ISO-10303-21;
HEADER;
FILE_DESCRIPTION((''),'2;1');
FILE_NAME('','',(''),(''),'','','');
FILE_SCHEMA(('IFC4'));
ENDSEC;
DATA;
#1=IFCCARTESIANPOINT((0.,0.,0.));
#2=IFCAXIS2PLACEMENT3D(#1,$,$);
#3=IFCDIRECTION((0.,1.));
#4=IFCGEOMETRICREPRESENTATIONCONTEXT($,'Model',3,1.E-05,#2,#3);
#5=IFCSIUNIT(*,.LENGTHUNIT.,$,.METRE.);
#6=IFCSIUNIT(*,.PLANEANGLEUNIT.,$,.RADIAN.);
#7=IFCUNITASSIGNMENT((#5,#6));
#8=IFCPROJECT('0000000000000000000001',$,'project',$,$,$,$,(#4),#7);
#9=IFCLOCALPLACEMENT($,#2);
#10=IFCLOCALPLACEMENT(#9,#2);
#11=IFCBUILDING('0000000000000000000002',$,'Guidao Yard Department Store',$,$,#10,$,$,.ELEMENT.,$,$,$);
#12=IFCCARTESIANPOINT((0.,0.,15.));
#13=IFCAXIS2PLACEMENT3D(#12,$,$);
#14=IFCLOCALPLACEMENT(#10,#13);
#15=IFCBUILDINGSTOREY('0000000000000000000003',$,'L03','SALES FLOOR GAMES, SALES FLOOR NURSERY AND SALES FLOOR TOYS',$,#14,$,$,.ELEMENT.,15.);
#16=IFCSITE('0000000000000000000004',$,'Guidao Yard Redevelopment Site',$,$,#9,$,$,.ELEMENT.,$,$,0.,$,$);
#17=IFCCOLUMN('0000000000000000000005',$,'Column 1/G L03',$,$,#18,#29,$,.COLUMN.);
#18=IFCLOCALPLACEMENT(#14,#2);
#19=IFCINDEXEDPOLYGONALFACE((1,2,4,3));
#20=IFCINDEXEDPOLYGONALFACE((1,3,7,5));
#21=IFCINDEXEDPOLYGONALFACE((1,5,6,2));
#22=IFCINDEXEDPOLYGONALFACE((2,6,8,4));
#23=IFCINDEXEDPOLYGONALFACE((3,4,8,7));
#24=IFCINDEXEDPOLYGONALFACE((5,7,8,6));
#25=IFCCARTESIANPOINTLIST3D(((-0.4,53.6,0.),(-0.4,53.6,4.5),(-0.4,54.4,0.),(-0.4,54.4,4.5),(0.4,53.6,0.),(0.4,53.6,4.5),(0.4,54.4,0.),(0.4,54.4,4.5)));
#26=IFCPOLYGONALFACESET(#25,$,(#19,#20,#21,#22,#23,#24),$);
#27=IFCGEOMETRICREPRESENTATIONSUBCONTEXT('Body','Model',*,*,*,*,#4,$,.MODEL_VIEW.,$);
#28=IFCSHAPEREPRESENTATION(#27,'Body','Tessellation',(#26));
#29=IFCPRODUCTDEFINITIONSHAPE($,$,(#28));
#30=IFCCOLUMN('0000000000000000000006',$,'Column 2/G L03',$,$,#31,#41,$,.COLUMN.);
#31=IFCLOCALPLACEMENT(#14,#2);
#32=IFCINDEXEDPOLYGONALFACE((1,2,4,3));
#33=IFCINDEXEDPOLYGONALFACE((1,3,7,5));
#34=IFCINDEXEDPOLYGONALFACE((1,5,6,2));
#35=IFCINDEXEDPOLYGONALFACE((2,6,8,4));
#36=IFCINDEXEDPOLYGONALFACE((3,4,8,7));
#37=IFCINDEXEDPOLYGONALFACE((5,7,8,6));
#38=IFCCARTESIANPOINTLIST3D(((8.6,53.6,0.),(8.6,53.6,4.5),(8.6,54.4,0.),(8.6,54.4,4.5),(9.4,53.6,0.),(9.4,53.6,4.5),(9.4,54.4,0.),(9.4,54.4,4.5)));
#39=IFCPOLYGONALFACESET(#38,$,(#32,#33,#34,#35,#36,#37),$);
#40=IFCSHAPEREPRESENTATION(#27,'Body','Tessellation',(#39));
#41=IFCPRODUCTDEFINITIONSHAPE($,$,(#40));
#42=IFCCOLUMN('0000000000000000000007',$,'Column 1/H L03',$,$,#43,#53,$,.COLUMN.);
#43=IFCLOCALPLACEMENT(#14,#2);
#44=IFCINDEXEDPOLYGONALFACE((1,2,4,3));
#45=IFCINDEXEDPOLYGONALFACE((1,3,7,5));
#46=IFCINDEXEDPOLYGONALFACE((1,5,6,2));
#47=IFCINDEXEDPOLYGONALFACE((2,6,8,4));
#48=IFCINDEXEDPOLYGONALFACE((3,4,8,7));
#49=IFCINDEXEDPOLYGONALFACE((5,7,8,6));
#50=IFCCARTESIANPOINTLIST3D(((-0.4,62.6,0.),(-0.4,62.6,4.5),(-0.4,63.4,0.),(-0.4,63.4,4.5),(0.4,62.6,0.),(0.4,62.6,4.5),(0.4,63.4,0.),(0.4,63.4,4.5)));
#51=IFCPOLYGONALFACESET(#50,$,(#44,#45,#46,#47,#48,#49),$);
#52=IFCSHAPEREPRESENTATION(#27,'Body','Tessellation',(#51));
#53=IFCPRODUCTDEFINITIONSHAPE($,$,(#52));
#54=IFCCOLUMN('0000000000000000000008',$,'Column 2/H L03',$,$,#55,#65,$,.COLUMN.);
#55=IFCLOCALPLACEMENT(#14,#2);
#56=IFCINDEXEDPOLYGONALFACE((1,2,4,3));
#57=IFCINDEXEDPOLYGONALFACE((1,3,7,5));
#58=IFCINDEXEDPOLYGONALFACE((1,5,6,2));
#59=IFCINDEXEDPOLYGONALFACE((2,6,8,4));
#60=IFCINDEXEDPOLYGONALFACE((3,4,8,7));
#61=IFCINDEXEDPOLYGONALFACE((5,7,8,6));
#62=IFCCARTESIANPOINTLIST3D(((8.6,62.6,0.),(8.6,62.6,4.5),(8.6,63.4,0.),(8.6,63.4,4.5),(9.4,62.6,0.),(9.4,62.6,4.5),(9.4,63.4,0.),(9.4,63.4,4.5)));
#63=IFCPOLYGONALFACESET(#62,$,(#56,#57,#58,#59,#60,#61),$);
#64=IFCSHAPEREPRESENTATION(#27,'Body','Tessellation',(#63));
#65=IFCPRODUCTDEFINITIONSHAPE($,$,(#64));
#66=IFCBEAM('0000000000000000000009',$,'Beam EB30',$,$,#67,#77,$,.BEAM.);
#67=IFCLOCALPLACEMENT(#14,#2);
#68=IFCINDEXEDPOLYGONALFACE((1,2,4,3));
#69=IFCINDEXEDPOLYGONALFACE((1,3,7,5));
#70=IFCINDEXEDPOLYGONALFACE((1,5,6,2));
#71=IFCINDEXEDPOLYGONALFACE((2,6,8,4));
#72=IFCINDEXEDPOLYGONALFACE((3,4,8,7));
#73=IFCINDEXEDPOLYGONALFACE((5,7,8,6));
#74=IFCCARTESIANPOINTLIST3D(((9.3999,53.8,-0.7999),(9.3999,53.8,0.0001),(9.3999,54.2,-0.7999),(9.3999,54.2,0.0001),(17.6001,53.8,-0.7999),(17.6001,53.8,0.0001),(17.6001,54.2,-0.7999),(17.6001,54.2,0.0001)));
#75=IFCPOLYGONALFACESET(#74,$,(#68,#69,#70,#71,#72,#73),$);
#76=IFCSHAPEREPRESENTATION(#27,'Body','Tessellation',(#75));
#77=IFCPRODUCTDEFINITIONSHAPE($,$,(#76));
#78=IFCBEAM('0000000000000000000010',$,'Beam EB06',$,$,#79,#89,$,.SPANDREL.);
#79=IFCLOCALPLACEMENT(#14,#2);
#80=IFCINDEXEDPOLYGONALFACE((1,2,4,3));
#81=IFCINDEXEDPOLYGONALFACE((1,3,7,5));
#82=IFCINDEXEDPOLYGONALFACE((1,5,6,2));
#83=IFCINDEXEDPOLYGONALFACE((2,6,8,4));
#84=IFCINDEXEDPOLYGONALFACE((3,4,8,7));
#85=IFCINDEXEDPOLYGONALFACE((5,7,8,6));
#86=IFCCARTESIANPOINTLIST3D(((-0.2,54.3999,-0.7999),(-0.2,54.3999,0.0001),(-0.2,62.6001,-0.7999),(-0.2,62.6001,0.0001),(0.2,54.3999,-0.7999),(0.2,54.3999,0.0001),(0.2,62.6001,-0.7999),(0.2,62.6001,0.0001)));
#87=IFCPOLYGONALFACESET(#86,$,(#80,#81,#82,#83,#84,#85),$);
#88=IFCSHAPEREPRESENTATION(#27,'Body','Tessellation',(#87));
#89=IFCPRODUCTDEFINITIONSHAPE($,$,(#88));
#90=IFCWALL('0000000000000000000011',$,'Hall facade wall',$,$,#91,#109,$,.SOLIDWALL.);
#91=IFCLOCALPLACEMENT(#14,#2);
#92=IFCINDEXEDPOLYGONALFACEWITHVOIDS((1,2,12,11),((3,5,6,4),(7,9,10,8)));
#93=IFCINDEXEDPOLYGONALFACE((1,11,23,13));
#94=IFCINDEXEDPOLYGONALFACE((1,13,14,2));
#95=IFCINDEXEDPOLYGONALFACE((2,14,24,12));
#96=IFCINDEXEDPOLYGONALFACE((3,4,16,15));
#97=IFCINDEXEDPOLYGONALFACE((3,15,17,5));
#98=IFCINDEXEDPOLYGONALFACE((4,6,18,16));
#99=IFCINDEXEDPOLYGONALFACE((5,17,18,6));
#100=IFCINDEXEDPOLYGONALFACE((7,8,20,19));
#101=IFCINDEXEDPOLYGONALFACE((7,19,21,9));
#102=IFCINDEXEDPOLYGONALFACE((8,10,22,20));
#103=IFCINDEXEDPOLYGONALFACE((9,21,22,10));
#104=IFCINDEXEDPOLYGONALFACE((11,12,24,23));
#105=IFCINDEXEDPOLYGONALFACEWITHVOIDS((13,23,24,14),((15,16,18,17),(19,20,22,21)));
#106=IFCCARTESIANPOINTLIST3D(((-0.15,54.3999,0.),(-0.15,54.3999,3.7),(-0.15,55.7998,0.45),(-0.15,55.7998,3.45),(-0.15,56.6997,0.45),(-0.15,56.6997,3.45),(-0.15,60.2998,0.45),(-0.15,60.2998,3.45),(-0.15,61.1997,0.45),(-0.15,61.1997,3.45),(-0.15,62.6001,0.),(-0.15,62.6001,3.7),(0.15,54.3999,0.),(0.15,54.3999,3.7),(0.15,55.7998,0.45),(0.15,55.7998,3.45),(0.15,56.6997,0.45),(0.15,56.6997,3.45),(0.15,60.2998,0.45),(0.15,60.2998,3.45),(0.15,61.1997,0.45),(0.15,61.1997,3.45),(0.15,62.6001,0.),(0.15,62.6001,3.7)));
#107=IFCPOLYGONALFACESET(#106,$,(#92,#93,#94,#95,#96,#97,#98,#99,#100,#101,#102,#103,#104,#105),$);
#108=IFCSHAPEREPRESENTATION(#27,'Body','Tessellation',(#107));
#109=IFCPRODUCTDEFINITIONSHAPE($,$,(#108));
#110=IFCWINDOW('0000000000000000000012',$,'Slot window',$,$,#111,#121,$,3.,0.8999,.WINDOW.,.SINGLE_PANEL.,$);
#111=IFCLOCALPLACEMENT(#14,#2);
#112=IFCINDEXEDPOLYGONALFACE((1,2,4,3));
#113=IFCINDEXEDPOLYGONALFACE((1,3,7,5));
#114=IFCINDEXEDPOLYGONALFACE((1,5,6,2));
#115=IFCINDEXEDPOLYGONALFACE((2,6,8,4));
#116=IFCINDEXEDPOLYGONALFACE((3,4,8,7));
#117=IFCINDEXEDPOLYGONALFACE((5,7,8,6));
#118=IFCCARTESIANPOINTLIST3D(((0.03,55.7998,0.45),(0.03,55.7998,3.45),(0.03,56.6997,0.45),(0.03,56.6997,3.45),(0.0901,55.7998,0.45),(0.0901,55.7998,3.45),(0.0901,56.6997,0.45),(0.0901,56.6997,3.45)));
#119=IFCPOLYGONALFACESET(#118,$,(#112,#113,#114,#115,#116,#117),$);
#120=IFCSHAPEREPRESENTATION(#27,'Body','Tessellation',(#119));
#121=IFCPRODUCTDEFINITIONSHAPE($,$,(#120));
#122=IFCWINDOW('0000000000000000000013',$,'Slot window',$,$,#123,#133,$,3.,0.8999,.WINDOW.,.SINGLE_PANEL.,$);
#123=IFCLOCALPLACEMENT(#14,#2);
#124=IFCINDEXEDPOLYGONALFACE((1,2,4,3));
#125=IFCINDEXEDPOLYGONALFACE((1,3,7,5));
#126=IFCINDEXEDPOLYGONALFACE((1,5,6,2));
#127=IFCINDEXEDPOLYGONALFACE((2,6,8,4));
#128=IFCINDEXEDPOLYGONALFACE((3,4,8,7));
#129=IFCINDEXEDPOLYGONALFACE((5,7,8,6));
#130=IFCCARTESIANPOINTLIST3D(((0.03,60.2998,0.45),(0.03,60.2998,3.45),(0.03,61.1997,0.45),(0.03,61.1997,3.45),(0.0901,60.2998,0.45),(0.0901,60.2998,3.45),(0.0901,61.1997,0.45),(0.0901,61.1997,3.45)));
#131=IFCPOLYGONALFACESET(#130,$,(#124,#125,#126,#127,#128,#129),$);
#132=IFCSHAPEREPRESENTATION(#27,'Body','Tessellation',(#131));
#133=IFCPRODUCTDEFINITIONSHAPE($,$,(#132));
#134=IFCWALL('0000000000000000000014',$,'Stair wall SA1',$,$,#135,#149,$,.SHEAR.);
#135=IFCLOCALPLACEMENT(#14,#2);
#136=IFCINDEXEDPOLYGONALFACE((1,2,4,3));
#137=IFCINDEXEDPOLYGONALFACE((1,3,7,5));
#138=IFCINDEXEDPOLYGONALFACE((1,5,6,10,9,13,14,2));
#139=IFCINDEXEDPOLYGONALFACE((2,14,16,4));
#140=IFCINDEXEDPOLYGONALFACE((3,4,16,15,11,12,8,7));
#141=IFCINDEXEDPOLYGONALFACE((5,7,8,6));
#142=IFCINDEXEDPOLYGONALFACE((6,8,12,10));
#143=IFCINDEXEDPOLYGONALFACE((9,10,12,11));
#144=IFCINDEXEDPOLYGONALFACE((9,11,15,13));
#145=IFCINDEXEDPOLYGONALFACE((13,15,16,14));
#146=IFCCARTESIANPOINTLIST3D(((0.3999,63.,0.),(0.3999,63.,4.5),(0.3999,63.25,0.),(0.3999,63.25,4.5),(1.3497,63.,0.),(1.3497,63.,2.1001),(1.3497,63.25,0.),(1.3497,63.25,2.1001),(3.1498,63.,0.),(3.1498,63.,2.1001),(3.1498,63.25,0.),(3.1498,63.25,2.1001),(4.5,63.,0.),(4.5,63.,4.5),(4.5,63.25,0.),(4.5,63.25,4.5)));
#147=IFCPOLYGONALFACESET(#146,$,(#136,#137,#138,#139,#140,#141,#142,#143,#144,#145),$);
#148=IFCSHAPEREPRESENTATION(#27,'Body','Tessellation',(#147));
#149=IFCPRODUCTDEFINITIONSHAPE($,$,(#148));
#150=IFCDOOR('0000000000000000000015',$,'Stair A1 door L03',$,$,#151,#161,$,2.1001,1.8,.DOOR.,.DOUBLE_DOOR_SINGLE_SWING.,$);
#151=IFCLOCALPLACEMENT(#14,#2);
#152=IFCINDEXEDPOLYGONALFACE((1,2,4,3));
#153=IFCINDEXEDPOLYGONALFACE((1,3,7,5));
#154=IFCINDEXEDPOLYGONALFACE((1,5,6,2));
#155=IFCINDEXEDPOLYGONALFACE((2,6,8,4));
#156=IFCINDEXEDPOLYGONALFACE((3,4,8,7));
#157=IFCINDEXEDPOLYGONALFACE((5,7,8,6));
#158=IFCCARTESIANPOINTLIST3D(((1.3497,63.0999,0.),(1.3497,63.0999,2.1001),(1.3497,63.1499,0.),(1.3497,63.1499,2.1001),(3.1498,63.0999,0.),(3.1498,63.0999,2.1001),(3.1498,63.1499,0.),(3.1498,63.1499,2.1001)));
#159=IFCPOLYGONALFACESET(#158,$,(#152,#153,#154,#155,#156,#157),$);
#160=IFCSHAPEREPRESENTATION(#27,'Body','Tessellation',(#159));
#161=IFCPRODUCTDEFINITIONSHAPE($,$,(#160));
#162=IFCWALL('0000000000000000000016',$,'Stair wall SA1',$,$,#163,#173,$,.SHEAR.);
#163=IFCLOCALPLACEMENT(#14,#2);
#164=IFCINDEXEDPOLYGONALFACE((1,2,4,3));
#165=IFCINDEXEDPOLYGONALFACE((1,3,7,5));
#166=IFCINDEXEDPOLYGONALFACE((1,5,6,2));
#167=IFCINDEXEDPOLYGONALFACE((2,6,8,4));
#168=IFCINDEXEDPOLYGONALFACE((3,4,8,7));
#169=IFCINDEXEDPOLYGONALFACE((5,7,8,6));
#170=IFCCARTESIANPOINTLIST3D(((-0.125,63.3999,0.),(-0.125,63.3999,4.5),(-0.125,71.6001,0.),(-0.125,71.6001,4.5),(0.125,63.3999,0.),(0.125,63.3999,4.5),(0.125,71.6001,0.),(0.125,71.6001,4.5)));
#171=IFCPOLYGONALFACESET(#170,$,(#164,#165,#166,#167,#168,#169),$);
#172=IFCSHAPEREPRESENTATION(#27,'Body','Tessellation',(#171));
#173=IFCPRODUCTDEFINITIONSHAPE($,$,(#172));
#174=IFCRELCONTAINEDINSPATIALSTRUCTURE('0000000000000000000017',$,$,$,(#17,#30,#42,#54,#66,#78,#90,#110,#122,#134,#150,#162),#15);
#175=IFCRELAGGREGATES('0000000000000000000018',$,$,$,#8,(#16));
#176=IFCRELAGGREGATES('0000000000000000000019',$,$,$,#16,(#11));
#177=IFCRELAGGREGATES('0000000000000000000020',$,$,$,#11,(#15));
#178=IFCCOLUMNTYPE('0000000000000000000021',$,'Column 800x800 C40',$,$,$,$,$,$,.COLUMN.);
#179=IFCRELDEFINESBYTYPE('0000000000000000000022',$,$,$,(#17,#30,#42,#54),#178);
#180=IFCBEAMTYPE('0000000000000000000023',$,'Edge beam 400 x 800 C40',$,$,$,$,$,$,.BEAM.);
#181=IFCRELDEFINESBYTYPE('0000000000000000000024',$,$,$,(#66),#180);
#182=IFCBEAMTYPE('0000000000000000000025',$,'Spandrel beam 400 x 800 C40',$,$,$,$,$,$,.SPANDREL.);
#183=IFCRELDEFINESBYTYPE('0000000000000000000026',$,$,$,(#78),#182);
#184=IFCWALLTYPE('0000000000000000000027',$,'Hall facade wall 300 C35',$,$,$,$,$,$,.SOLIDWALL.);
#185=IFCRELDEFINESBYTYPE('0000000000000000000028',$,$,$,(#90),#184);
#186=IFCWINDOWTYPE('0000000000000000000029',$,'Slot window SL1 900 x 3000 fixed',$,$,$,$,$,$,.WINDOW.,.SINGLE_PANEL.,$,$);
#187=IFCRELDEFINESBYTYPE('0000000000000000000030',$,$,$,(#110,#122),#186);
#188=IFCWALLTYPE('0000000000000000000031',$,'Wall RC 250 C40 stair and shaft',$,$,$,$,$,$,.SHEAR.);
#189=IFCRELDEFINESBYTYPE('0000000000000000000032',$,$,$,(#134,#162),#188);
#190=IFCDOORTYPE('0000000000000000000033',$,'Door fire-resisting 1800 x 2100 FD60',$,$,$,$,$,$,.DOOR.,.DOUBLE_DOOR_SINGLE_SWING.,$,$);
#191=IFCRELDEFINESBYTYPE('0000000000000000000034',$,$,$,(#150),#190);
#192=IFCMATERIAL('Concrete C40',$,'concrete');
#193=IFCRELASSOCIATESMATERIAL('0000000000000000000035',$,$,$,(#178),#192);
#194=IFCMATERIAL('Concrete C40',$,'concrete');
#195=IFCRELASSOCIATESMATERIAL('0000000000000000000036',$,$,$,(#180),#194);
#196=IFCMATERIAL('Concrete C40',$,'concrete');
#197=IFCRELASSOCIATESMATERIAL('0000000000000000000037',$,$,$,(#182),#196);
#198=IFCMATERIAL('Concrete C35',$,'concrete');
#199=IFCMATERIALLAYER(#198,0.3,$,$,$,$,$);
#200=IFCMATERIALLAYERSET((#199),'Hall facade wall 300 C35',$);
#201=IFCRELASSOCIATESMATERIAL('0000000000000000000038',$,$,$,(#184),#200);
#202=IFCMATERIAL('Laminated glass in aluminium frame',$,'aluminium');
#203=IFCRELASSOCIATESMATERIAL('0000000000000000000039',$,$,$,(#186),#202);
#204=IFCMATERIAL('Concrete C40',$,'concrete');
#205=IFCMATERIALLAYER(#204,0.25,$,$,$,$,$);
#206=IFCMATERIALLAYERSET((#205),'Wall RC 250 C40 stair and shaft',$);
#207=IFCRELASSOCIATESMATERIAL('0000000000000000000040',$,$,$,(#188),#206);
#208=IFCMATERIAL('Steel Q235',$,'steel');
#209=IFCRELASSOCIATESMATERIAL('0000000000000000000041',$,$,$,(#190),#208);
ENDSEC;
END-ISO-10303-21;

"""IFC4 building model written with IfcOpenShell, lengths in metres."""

from ifc_helpers import new_model, si_unit, direction, frame, frame_2d, origin, origin_2d, place, context, subcontext, project, spatial, rectangle, extrude, material, layer, layer_set, material_profile, profile_set, type_object, element, fill, save


model = new_model("IFC4")

# Units and contexts
model_context = context("Model", 3, precision=1e-05, world=origin(), true_north=direction((0.0, 1.0)))
body_context = subcontext(model_context, "Body", "Model", "MODEL_VIEW")
ifc_project = project(units=[si_unit("LENGTHUNIT", "METRE"), si_unit("PLANEANGLEUNIT", "RADIAN")], contexts=[model_context])

# Site, building, storey
site_placement = place(None, origin())
site = spatial("IfcSite", under=ifc_project, at=site_placement, Name="Guidao Yard Redevelopment Site", CompositionType="ELEMENT", RefElevation=0.0)
building_placement = place(site_placement, origin())
building = spatial("IfcBuilding", under=site, at=building_placement, Name="Guidao Yard Department Store", CompositionType="ELEMENT")
storey_placement = place(building_placement, frame((0.0, 0.0, 15.0)))
storey = spatial("IfcBuildingStorey", under=building, at=storey_placement, Name="L03", Description="SALES FLOOR GAMES, SALES FLOOR NURSERY AND SALES FLOOR TOYS", CompositionType="ELEMENT", Elevation=15.0)

# Columns
ifc_material_1 = material(Name="Concrete C40", Category="concrete")
ifc_material_profile_1 = material_profile(ifc_material_1, rectangle(XDim=0.8, YDim=0.8, at=origin_2d()), Name="COL 800x800")
ifc_profile_set_1 = profile_set([ifc_material_profile_1], Name="Concrete C40")
column_type = type_object("IfcColumnType", Name="Column 800x800 C40", PredefinedType="COLUMN", material=ifc_profile_set_1)
for number, where, z_axis, x_axis, name in (
    (1, (0.0, 54.0, 0.0), (0.0, 0.0, 1.0), (1.0, 0.0, 0.0), "Column 1/G L03"),
    (2, (9.0, 54.0, 0.0), (0.0, 0.0, 1.0), (1.0, 0.0, 0.0), "Column 2/G L03"),
    (3, (0.0, 63.0, 0.0), (0.0, 0.0, 1.0), (1.0, 0.0, 0.0), "Column 1/H L03"),
    (4, (9.0, 63.0, 0.0), (0.0, 0.0, 1.0), (1.0, 0.0, 0.0), "Column 2/H L03"),
):
    element("IfcColumn", number, at=place(storey_placement, frame(where, z_axis=z_axis, x_axis=x_axis)), inside=storey, type_object=column_type, Name=name, PredefinedType="COLUMN", context=body_context, shape_type="SweptSolid", body=[
        extrude(rectangle(XDim=0.8, YDim=0.8, at=origin_2d()), origin(), (0.0, 0.0, 1.0), 4.5),
    ])

# Beams
ifc_material_2 = material(Name="Concrete C40", Category="concrete")
ifc_material_profile_2 = material_profile(ifc_material_2, rectangle(XDim=0.3999, YDim=0.8, at=origin_2d()), Name="Edge beam 400 x 800 C40")
ifc_profile_set_2 = profile_set([ifc_material_profile_2], Name="Concrete C40")
beam_type_1 = type_object("IfcBeamType", Name="Edge beam 400 x 800 C40", PredefinedType="BEAM", material=ifc_profile_set_2)
beam_1_placement = place(storey_placement, frame((9.3999, 54.0, -0.3999), z_axis=(1.0, 0.0, 0.0), x_axis=(0.0, 1.0, 0.0)))
element("IfcBeam", 5, at=beam_1_placement, inside=storey, type_object=beam_type_1, Name="Beam EB30", PredefinedType="BEAM", context=body_context, shape_type="SweptSolid", body=[
    extrude(rectangle(XDim=0.3999, YDim=0.8, at=origin_2d()), origin(), (0.0, 0.0, 1.0), 8.2002),
])
ifc_material_3 = material(Name="Concrete C40", Category="concrete")
ifc_material_profile_3 = material_profile(ifc_material_3, rectangle(XDim=0.3999, YDim=0.8, at=origin_2d()), Name="Spandrel beam 400 x 800 C40")
ifc_profile_set_3 = profile_set([ifc_material_profile_3], Name="Concrete C40")
beam_type_2 = type_object("IfcBeamType", Name="Spandrel beam 400 x 800 C40", PredefinedType="SPANDREL", material=ifc_profile_set_3)
beam_2_placement = place(storey_placement, frame((0.0, 54.3999, -0.3999), z_axis=(0.0, 1.0, 0.0), x_axis=(-1.0, 0.0, 0.0)))
element("IfcBeam", 6, at=beam_2_placement, inside=storey, type_object=beam_type_2, Name="Beam EB06", PredefinedType="SPANDREL", context=body_context, shape_type="SweptSolid", body=[
    extrude(rectangle(XDim=0.3999, YDim=0.8, at=origin_2d()), origin(), (0.0, 0.0, 1.0), 8.2002),
])

# Wall, openings, windows
ifc_material_4 = material(Name="Concrete C35", Category="concrete")
ifc_layer_1 = layer(ifc_material_4, 0.3)
ifc_layer_set_1 = layer_set([ifc_layer_1], Name="Hall facade wall 300 C35")
wall_type_1 = type_object("IfcWallType", Name="Hall facade wall 300 C35", PredefinedType="SOLIDWALL", material=ifc_layer_set_1)
wall_1_placement = place(storey_placement, frame((0.0, 54.3999, 0.0), z_axis=(0.0, 0.0, 1.0), x_axis=(0.0, 1.0, 0.0)))
wall_1 = element("IfcWall", 7, at=wall_1_placement, inside=storey, type_object=wall_type_1, Name="Hall facade wall", PredefinedType="SOLIDWALL", context=body_context, shape_type="SweptSolid", body=[
    extrude(rectangle(XDim=8.2002, YDim=0.3, at=frame_2d((4.1001, 0.0))), origin(), (0.0, 0.0, 1.0), 3.7),
])
opening_1_placement = place(wall_1_placement, frame((1.3999, 0.0, 0.45)))
opening_1 = element("IfcOpeningElement", 8, at=opening_1_placement, cuts=wall_1, PredefinedType="OPENING", context=body_context, shape_type="SweptSolid", body=[
    extrude(rectangle(XDim=0.8999, YDim=3.0, at=frame_2d((0.45, 1.5))), frame((0.0, 0.1599, 0.0), z_axis=(0.0, -1.0, 0.0), x_axis=(1.0, 0.0, 0.0)), (0.0, 0.0, 1.0), 0.3201),
])
opening_2_placement = place(wall_1_placement, frame((5.8999, 0.0, 0.45)))
opening_2 = element("IfcOpeningElement", 9, at=opening_2_placement, cuts=wall_1, PredefinedType="OPENING", context=body_context, shape_type="SweptSolid", body=[
    extrude(rectangle(XDim=0.8999, YDim=3.0, at=frame_2d((0.45, 1.5))), frame((0.0, 0.1599, 0.0), z_axis=(0.0, -1.0, 0.0), x_axis=(1.0, 0.0, 0.0)), (0.0, 0.0, 1.0), 0.3201),
])
ifc_material_5 = material(Name="Laminated glass in aluminium frame", Category="aluminium")
window_type = type_object("IfcWindowType", Name="Slot window SL1 900 x 3000 fixed", PartitioningType="SINGLE_PANEL", PredefinedType="WINDOW", material=ifc_material_5)
window_1_placement = place(opening_1_placement, origin())
window_1 = element("IfcWindow", 10, at=window_1_placement, inside=storey, type_object=window_type, Name="Slot window", OverallHeight=3.0, OverallWidth=0.8999, PartitioningType="SINGLE_PANEL", PredefinedType="WINDOW", context=body_context, shape_type="SweptSolid", body=[
    extrude(rectangle(XDim=0.8999, YDim=3.0, at=frame_2d((0.45, 1.5))), frame((0.0, -0.03, 0.0), z_axis=(0.0, -1.0, 0.0), x_axis=(1.0, 0.0, 0.0)), (0.0, 0.0, 1.0), 0.0601),
])
fill(opening_1, window_1)
window_2_placement = place(opening_2_placement, origin())
window_2 = element("IfcWindow", 11, at=window_2_placement, inside=storey, type_object=window_type, Name="Slot window", OverallHeight=3.0, OverallWidth=0.8999, PartitioningType="SINGLE_PANEL", PredefinedType="WINDOW", context=body_context, shape_type="SweptSolid", body=[
    extrude(rectangle(XDim=0.8999, YDim=3.0, at=frame_2d((0.45, 1.5))), frame((0.0, -0.03, 0.0), z_axis=(0.0, -1.0, 0.0), x_axis=(1.0, 0.0, 0.0)), (0.0, 0.0, 1.0), 0.0601),
])
fill(opening_2, window_2)

# Wall, opening, door
ifc_material_6 = material(Name="Concrete C40", Category="concrete")
ifc_layer_2 = layer(ifc_material_6, 0.25)
ifc_layer_set_2 = layer_set([ifc_layer_2], Name="Wall RC 250 C40 stair and shaft")
wall_type_2 = type_object("IfcWallType", Name="Wall RC 250 C40 stair and shaft", PredefinedType="SHEAR", material=ifc_layer_set_2)
wall_2_placement = place(storey_placement, frame((0.3999, 63.125, 0.0), z_axis=(0.0, 0.0, 1.0), x_axis=(1.0, 0.0, 0.0)))
wall_2 = element("IfcWall", 12, at=wall_2_placement, inside=storey, type_object=wall_type_2, Name="Stair wall SA1", PredefinedType="SHEAR", context=body_context, shape_type="SweptSolid", body=[
    extrude(rectangle(XDim=4.1001, YDim=0.25, at=frame_2d((2.05, 0.0))), origin(), (0.0, 0.0, 1.0), 4.5),
])
opening_3_placement = place(wall_2_placement, frame((0.95, 0.0, 0.0)))
opening_3 = element("IfcOpeningElement", 13, at=opening_3_placement, cuts=wall_2, PredefinedType="OPENING", context=body_context, shape_type="SweptSolid", body=[
    extrude(rectangle(XDim=1.8, YDim=2.1001, at=frame_2d((0.8999, 1.05))), frame((0.0, 0.135, 0.0), z_axis=(0.0, -1.0, 0.0), x_axis=(1.0, 0.0, 0.0)), (0.0, 0.0, 1.0), 0.27),
])
ifc_material_7 = material(Name="Steel Q235", Category="steel")
door_type = type_object("IfcDoorType", Name="Door fire-resisting 1800 x 2100 FD60", OperationType="DOUBLE_DOOR_SINGLE_SWING", PredefinedType="DOOR", material=ifc_material_7)
door_1_placement = place(opening_3_placement, origin())
door_1 = element("IfcDoor", 14, at=door_1_placement, inside=storey, type_object=door_type, Name="Stair A1 door L03", OperationType="DOUBLE_DOOR_SINGLE_SWING", OverallHeight=2.1001, OverallWidth=1.8, PredefinedType="DOOR", context=body_context, shape_type="SweptSolid", body=[
    extrude(rectangle(XDim=1.8, YDim=2.1001, at=frame_2d((0.8999, 1.05))), frame((0.0, 0.0249, 0.0), z_axis=(0.0, -1.0, 0.0), x_axis=(1.0, 0.0, 0.0)), (0.0, 0.0, 1.0), 0.05),
])
fill(opening_3, door_1)

# Wall
wall_3_placement = place(storey_placement, frame((0.0, 63.3999, 0.0), z_axis=(0.0, 0.0, 1.0), x_axis=(0.0, 1.0, 0.0)))
element("IfcWall", 15, at=wall_3_placement, inside=storey, type_object=wall_type_2, Name="Stair wall SA1", PredefinedType="SHEAR", context=body_context, shape_type="SweptSolid", body=[
    extrude(rectangle(XDim=8.2002, YDim=0.25, at=frame_2d((4.1001, 0.0))), origin(), (0.0, 0.0, 1.0), 4.5),
])

save(model, "model.ifc")
